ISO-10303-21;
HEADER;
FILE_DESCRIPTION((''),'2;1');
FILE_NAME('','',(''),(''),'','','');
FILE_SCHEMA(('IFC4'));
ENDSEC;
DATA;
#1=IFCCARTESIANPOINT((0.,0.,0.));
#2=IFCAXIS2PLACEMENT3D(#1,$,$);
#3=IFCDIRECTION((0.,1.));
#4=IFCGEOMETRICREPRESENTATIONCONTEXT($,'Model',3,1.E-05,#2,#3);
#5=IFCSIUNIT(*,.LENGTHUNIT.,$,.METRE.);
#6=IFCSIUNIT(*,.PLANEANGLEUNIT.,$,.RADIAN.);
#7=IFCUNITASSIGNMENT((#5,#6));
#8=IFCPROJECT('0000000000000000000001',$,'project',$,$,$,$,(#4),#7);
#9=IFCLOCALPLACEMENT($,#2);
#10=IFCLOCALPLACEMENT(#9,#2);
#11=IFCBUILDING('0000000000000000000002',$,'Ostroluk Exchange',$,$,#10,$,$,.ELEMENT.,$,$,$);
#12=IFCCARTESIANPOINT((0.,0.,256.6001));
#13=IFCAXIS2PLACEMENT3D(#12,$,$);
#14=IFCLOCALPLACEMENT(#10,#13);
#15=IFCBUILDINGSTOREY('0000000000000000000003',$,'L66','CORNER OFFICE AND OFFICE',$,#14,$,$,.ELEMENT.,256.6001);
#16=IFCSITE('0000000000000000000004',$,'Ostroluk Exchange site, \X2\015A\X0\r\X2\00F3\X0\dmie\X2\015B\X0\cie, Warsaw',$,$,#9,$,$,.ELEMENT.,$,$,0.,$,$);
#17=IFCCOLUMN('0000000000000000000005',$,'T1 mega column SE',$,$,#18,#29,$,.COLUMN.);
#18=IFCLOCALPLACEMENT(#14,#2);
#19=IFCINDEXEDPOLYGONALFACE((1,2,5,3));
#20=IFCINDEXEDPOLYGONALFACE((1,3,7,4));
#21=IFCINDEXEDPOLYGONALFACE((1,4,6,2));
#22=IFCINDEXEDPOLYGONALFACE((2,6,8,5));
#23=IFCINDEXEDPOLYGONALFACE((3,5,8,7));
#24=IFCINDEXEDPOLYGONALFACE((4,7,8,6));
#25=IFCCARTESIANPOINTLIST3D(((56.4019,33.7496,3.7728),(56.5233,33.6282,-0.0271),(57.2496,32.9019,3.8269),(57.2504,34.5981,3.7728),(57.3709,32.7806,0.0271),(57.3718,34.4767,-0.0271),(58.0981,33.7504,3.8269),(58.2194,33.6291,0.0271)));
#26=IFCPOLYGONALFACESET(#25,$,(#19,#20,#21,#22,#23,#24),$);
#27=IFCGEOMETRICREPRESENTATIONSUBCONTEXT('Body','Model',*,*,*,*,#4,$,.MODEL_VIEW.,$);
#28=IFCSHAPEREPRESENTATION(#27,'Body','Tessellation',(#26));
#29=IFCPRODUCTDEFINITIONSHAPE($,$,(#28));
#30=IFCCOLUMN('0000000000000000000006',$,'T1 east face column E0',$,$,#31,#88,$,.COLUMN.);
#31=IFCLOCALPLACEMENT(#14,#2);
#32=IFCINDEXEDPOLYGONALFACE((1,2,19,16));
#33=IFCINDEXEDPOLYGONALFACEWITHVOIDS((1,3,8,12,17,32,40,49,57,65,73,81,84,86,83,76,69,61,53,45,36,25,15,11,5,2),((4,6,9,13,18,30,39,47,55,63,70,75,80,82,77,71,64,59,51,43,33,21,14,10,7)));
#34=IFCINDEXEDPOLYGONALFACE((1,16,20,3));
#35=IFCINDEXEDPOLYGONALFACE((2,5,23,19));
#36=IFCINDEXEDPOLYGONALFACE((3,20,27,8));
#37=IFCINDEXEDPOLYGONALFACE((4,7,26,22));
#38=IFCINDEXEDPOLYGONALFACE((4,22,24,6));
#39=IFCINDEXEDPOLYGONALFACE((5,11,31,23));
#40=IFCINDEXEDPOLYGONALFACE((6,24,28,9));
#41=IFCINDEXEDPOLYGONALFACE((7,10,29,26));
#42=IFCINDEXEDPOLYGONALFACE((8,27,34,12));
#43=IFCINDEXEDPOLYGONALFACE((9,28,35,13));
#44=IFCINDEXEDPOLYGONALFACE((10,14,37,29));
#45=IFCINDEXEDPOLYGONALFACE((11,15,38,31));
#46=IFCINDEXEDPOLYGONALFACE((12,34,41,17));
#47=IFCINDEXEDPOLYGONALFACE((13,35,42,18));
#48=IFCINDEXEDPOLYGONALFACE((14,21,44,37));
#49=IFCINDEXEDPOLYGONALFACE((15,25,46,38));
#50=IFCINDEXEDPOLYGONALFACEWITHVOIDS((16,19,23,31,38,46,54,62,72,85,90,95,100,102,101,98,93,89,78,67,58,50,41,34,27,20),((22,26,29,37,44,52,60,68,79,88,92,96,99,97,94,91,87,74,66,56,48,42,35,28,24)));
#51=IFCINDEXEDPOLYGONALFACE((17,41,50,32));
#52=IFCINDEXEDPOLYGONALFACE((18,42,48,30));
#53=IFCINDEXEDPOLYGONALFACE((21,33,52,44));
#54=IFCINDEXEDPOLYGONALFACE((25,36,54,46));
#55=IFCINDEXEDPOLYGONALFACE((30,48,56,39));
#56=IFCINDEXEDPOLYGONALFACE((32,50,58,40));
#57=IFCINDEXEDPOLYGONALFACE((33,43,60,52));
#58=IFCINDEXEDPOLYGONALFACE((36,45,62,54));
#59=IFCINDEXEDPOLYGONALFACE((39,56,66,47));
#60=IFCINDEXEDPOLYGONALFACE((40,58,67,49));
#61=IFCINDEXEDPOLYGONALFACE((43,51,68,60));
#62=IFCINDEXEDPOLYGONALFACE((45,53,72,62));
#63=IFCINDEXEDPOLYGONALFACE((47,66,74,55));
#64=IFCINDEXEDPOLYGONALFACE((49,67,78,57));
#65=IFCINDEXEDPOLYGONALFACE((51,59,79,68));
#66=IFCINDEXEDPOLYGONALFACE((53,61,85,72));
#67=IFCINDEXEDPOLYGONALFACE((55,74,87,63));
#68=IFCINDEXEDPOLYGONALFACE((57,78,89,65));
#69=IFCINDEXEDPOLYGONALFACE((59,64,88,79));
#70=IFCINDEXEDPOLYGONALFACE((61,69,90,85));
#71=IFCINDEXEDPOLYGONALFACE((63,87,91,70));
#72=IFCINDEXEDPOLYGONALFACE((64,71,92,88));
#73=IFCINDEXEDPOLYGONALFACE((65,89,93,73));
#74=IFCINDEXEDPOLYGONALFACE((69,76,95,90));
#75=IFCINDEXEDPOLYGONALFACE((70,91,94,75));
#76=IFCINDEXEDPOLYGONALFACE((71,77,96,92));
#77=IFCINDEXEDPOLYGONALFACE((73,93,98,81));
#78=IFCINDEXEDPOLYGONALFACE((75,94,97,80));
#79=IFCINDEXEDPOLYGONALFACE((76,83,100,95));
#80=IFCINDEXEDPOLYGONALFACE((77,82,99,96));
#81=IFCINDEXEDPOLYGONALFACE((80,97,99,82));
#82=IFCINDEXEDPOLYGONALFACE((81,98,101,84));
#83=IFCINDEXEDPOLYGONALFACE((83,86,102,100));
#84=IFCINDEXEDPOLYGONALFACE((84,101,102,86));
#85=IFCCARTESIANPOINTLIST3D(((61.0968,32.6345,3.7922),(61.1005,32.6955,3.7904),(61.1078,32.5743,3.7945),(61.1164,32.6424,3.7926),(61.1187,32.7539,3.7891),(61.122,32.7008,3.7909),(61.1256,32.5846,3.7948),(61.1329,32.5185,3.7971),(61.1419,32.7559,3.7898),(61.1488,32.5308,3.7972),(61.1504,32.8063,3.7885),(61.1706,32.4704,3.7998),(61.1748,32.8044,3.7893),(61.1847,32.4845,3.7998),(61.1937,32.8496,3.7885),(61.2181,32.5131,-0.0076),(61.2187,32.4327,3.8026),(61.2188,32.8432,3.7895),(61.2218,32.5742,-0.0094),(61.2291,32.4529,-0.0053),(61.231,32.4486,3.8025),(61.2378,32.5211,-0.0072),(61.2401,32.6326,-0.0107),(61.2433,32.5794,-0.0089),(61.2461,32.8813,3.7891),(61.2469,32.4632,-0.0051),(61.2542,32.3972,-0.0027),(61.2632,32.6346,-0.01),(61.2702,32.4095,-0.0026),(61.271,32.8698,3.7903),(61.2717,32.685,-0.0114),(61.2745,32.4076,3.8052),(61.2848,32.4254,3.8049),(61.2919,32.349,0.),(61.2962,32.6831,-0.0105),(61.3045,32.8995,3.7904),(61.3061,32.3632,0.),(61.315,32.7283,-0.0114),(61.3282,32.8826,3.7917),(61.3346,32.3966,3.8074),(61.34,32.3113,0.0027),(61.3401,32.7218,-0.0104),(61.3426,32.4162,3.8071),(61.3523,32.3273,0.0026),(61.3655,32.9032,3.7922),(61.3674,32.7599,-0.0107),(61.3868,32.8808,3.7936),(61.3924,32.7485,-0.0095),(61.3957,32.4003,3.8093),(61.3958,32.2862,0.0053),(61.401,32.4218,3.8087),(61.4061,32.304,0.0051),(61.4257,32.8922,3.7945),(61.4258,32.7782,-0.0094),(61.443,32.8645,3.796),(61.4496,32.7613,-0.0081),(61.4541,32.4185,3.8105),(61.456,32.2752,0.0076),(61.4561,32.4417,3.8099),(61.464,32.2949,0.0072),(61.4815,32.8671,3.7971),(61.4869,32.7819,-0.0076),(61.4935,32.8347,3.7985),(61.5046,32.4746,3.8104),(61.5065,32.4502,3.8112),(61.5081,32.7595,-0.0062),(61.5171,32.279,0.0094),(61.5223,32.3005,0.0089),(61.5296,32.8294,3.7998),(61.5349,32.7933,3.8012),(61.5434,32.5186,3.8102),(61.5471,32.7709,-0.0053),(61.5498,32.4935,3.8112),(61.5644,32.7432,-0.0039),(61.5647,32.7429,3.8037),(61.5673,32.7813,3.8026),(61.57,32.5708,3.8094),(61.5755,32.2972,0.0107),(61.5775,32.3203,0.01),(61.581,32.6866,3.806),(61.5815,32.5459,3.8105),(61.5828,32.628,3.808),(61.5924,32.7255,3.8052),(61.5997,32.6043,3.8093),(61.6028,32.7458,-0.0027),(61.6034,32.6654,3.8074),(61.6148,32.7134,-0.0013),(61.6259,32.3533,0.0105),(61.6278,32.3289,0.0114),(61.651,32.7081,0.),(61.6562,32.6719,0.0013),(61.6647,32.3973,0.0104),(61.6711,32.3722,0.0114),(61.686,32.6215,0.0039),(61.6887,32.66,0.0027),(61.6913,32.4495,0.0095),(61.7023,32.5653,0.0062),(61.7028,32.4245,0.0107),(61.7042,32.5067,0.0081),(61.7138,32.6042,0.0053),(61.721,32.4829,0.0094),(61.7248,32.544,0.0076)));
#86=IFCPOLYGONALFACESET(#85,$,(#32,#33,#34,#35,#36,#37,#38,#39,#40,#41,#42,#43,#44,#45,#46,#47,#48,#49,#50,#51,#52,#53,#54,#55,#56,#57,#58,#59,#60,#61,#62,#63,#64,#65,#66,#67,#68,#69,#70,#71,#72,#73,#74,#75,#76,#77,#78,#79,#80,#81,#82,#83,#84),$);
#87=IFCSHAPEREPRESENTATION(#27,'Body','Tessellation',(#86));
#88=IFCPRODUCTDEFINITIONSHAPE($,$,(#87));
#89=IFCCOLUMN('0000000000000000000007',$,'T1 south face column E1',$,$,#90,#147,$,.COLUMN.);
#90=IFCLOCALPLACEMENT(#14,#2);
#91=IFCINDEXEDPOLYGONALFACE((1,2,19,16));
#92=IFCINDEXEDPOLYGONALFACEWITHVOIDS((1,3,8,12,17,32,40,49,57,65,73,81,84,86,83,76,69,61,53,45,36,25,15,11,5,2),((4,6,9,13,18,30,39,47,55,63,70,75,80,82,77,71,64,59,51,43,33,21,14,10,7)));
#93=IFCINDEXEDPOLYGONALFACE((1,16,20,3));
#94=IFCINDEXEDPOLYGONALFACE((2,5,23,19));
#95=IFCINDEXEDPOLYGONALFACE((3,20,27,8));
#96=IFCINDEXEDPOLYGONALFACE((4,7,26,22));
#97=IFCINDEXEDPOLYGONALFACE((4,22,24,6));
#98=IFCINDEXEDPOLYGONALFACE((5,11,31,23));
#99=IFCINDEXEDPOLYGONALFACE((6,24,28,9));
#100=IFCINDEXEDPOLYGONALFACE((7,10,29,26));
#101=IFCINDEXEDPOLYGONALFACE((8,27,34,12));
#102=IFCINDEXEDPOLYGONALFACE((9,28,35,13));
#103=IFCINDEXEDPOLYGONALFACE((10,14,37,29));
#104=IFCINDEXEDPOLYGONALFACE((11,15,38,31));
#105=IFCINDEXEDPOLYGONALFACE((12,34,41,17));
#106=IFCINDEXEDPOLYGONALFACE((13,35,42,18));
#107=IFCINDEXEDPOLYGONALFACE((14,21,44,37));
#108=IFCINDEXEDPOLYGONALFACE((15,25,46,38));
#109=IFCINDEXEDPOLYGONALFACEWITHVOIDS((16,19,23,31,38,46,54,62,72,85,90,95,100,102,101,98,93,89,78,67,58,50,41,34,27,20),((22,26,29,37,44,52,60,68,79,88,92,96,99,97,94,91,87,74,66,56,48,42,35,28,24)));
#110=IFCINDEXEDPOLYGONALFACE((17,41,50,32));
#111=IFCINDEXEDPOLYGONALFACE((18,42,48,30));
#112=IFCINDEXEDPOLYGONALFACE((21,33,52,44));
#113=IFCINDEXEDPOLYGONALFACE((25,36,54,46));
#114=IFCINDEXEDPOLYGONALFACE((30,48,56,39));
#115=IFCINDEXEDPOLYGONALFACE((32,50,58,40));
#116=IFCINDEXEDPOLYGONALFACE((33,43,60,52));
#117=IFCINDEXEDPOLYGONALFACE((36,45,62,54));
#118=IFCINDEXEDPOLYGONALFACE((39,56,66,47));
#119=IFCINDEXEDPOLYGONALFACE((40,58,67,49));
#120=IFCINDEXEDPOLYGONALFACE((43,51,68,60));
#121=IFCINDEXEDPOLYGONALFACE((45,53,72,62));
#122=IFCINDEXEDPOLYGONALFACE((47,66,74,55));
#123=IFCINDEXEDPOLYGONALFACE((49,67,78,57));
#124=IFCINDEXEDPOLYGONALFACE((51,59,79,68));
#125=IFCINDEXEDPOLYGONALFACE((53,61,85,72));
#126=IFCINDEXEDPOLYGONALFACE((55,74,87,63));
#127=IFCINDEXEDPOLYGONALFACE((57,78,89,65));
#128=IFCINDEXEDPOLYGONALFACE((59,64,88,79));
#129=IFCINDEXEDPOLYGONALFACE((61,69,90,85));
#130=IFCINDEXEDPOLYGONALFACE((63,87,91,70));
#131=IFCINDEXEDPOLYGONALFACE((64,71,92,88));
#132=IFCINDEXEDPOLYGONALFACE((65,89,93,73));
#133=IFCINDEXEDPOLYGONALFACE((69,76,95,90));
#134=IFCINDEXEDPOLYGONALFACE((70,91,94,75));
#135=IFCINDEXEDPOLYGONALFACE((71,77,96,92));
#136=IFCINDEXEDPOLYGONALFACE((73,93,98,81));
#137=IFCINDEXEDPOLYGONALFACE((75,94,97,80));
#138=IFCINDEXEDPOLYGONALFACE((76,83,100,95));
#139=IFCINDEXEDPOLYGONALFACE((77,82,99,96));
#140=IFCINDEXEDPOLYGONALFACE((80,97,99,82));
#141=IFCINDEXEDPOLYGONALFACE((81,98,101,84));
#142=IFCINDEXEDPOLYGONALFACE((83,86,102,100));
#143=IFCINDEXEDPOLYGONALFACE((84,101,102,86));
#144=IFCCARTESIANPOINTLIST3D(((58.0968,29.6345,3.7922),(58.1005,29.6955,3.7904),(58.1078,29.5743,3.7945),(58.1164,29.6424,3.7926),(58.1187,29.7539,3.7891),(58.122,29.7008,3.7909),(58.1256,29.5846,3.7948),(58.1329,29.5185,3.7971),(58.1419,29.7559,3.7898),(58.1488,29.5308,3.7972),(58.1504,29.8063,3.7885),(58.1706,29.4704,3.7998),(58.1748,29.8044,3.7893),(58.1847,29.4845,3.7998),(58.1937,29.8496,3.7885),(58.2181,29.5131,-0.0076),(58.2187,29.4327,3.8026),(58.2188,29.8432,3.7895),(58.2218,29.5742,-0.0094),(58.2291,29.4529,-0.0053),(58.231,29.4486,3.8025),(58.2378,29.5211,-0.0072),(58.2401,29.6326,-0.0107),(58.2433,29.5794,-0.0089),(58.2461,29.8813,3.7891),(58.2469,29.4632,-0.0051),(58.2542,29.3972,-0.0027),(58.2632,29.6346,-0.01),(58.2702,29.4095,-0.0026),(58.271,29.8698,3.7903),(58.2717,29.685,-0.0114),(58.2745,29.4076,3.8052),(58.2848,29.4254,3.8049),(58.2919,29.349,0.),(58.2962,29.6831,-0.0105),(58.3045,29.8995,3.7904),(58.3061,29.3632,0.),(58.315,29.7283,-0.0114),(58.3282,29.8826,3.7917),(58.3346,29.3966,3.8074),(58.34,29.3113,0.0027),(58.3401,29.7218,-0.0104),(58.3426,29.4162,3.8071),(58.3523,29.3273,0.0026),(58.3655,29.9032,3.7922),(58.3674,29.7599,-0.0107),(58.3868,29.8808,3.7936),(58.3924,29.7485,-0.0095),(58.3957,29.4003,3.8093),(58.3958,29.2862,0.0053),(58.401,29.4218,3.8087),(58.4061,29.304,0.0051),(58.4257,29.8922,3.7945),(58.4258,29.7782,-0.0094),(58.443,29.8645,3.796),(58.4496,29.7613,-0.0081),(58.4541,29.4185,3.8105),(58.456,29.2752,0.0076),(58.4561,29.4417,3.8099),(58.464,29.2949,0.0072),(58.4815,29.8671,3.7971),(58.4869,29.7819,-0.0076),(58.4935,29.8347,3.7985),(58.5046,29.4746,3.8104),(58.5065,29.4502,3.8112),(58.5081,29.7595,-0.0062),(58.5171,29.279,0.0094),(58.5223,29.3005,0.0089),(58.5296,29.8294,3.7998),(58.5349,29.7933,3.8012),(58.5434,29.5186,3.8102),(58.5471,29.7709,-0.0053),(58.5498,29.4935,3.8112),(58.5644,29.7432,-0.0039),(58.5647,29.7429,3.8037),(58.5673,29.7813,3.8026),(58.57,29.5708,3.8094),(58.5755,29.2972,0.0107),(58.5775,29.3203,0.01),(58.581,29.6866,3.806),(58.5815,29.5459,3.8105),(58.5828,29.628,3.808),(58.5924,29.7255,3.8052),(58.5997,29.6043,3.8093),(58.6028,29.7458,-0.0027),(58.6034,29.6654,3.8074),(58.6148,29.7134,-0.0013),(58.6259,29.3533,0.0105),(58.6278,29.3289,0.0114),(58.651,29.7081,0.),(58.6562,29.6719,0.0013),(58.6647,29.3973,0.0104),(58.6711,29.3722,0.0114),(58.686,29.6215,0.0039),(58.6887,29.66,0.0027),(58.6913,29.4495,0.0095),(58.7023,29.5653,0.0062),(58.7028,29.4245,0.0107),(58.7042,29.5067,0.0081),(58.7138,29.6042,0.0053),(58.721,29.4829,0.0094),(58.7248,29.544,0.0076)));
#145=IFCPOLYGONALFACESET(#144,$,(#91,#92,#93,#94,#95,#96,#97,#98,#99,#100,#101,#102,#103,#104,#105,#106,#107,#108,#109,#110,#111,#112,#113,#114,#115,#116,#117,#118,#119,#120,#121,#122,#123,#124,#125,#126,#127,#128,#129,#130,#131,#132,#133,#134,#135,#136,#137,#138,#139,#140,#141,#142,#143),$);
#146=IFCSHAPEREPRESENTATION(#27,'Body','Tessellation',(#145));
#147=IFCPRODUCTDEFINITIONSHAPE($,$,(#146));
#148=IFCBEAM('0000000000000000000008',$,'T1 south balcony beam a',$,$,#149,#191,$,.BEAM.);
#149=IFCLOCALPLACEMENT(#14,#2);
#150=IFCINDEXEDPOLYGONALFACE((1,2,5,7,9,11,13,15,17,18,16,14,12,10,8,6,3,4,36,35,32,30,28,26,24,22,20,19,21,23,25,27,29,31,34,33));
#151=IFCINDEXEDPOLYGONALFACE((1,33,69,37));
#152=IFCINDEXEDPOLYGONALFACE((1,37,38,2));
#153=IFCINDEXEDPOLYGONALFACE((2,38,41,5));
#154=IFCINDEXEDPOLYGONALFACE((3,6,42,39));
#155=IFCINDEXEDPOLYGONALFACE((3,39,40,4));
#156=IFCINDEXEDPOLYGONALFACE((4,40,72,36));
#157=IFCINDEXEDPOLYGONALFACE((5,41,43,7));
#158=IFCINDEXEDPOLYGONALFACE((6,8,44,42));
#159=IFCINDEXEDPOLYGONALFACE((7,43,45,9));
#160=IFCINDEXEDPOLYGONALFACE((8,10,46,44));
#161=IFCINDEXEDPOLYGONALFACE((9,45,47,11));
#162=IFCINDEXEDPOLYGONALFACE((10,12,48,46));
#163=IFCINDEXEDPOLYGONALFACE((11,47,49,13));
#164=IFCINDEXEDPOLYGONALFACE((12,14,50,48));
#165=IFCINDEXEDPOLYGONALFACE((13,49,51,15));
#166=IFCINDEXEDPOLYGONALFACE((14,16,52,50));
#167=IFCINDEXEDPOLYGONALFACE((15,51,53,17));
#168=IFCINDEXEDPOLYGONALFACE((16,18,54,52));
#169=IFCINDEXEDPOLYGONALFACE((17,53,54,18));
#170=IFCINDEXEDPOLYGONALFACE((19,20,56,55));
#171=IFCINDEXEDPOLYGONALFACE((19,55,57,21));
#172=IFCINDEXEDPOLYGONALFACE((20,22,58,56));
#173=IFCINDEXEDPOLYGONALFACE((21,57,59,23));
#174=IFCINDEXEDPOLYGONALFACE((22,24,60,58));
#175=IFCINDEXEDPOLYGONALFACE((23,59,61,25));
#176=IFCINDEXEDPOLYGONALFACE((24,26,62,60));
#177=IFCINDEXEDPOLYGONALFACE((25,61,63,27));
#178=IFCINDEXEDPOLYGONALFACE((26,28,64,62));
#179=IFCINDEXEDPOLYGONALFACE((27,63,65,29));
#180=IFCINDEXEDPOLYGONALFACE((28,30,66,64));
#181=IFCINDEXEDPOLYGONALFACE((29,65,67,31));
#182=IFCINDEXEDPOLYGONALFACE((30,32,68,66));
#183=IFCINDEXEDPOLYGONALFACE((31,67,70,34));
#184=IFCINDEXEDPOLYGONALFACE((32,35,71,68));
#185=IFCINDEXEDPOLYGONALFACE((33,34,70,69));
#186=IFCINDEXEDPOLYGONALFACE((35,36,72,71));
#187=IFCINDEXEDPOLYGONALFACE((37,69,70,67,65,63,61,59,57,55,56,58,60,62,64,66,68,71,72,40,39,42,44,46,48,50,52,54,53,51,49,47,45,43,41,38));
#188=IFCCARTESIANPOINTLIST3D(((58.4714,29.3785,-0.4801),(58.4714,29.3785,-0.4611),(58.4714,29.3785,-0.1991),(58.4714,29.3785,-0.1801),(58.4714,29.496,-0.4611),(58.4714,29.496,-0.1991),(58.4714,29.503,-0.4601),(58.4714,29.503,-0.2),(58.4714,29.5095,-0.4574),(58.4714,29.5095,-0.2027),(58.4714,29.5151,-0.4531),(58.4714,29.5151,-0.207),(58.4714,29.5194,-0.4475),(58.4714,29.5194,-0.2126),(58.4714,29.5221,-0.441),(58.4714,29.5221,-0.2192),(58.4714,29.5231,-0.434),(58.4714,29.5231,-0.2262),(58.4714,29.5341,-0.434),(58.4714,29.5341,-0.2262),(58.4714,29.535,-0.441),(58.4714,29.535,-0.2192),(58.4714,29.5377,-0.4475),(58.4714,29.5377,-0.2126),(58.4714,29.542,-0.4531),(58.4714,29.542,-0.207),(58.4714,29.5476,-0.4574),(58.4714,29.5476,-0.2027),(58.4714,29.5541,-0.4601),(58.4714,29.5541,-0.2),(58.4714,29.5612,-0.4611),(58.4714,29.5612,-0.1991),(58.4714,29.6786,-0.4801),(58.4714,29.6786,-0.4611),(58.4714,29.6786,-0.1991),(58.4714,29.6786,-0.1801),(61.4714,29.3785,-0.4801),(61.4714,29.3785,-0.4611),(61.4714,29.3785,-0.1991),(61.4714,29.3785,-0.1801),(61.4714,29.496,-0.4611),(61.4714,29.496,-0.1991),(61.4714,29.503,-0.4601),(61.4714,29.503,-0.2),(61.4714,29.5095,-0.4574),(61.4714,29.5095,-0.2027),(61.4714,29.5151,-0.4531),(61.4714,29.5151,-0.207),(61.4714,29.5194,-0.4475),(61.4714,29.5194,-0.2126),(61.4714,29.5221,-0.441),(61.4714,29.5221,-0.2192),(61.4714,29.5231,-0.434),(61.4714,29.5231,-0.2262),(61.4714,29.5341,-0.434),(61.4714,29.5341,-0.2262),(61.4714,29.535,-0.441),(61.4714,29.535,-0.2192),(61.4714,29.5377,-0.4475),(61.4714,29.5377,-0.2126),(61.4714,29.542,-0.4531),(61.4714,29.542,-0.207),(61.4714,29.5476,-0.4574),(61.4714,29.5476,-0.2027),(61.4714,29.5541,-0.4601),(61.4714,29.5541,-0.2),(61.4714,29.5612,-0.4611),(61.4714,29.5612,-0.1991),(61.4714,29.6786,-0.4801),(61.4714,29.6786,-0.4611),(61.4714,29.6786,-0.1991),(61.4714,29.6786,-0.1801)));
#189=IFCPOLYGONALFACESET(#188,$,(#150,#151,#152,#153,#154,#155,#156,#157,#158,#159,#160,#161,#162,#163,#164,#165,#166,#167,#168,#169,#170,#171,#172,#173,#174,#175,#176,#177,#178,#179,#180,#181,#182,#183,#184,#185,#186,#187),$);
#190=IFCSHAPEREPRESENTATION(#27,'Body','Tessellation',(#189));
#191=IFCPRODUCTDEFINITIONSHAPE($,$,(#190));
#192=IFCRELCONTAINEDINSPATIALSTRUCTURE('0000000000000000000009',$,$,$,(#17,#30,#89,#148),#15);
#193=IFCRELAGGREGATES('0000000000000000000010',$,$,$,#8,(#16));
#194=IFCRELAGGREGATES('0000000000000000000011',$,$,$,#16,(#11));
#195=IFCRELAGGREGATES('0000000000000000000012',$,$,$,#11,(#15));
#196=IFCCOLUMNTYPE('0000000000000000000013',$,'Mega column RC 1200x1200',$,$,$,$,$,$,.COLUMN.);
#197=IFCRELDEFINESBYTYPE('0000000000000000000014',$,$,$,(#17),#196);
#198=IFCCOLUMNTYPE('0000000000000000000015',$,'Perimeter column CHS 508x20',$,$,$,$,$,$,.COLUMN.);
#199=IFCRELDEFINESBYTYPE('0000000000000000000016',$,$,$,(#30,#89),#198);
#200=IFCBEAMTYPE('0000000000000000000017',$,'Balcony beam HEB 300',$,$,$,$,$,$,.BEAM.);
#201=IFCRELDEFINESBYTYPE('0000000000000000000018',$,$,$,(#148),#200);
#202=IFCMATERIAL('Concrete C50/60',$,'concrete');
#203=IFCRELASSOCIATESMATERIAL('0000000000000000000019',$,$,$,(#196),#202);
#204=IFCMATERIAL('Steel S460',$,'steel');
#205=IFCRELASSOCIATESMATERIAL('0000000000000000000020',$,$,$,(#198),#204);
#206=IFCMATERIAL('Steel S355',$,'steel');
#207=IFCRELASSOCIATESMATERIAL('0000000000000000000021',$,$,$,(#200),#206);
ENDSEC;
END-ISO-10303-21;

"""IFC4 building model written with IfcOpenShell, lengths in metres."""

from ifc_helpers import new_model, si_unit, direction, frame, origin, origin_2d, place, context, subcontext, project, spatial, rectangle, hollow_circle, i_section, extrude, material, material_profile, profile_set, type_object, element, save


model = new_model("IFC4")

# Units and contexts
model_context = context("Model", 3, precision=1e-05, world=origin(), true_north=direction((0.0, 1.0)))
body_context = subcontext(model_context, "Body", "Model", "MODEL_VIEW")
ifc_project = project(units=[si_unit("LENGTHUNIT", "METRE"), si_unit("PLANEANGLEUNIT", "RADIAN")], contexts=[model_context])

# Site, building, storey
site_placement = place(None, origin())
site = spatial("IfcSite", under=ifc_project, at=site_placement, Name="Ostroluk Exchange site, Śródmieście, Warsaw", CompositionType="ELEMENT", RefElevation=0.0)
building_placement = place(site_placement, origin())
building = spatial("IfcBuilding", under=site, at=building_placement, Name="Ostroluk Exchange", CompositionType="ELEMENT")
storey_placement = place(building_placement, frame((0.0, 0.0, 256.6001)))
storey = spatial("IfcBuildingStorey", under=building, at=storey_placement, Name="L66", Description="CORNER OFFICE AND OFFICE", CompositionType="ELEMENT", Elevation=256.6001)

# Columns
ifc_material_1 = material(Name="Concrete C50/60", Category="concrete")
ifc_material_profile_1 = material_profile(ifc_material_1, rectangle(XDim=1.2, YDim=1.2, at=origin_2d()), Name="RC 1200x1200")
ifc_profile_set_1 = profile_set([ifc_material_profile_1], Name="Concrete C50/60")
column_type_1 = type_object("IfcColumnType", Name="Mega column RC 1200x1200", PredefinedType="COLUMN", material=ifc_profile_set_1)
column_placement = place(storey_placement, frame((57.3713, 33.6287, 0.0), z_axis=(-0.0319, 0.0319, 0.998982), x_axis=(-0.707107, -0.707107, 0.0)))
element("IfcColumn", 1, at=column_placement, inside=storey, type_object=column_type_1, Name="T1 mega column SE", PredefinedType="COLUMN", context=body_context, shape_type="SweptSolid", body=[
    extrude(rectangle(XDim=1.2, YDim=1.2, at=origin_2d()), origin(), (0.0, 0.0, 1.0), 3.8037),
])
ifc_material_2 = material(Name="Steel S460", Category="steel")
ifc_material_profile_2 = material_profile(ifc_material_2, hollow_circle(Radius=0.2539, WallThickness=0.02, at=origin_2d()), Name="CHS 508x20")
ifc_profile_set_2 = profile_set([ifc_material_profile_2], Name="Steel S460")
column_type_2 = type_object("IfcColumnType", Name="Perimeter column CHS 508x20", PredefinedType="COLUMN", material=ifc_profile_set_2)
for number, where, z_axis, x_axis, name in (
    (2, (61.4714, 32.5286, 0.0), (-0.0319, 0.0319, 0.998982), (-0.707107, -0.707107, 0.0), "T1 east face column E0"),
    (3, (58.4714, 29.5286, 0.0), (-0.0319, 0.0319, 0.998982), (-0.707107, -0.707107, 0.0), "T1 south face column E1"),
):
    element("IfcColumn", number, at=place(storey_placement, frame(where, z_axis=z_axis, x_axis=x_axis)), inside=storey, type_object=column_type_2, Name=name, PredefinedType="COLUMN", context=body_context, shape_type="SweptSolid", body=[
        extrude(hollow_circle(Radius=0.2539, WallThickness=0.02, at=origin_2d()), origin(), (0.0, 0.0, 1.0), 3.8037),
    ])

# Beam
ifc_material_3 = material(Name="Steel S355", Category="steel")
ifc_material_profile_3 = material_profile(ifc_material_3, i_section(OverallWidth=0.3, OverallDepth=0.3, WebThickness=0.011, FlangeThickness=0.019, FilletRadius=0.0271, at=origin_2d()), Name="HEB 300")
ifc_profile_set_3 = profile_set([ifc_material_profile_3], Name="Steel S355")
beam_type_1 = type_object("IfcBeamType", Name="Balcony beam HEB 300", PredefinedType="BEAM", material=ifc_profile_set_3)
for number, where, z_axis, x_axis, name in (
    (4, (58.4714, 29.5286, -0.3301), (1.0, 0.0, 0.0), (0.0, 1.0, 0.0), "T1 south balcony beam a"),
):
    element("IfcBeam", number, at=place(storey_placement, frame(where, z_axis=z_axis, x_axis=x_axis)), inside=storey, type_object=beam_type_1, Name=name, PredefinedType="BEAM", context=body_context, shape_type="SweptSolid", body=[
        extrude(i_section(OverallWidth=0.3, OverallDepth=0.3, WebThickness=0.011, FlangeThickness=0.019, FilletRadius=0.0271, at=origin_2d()), origin(), (0.0, 0.0, 1.0), 3.0),
    ])

save(model, "model.ifc")
